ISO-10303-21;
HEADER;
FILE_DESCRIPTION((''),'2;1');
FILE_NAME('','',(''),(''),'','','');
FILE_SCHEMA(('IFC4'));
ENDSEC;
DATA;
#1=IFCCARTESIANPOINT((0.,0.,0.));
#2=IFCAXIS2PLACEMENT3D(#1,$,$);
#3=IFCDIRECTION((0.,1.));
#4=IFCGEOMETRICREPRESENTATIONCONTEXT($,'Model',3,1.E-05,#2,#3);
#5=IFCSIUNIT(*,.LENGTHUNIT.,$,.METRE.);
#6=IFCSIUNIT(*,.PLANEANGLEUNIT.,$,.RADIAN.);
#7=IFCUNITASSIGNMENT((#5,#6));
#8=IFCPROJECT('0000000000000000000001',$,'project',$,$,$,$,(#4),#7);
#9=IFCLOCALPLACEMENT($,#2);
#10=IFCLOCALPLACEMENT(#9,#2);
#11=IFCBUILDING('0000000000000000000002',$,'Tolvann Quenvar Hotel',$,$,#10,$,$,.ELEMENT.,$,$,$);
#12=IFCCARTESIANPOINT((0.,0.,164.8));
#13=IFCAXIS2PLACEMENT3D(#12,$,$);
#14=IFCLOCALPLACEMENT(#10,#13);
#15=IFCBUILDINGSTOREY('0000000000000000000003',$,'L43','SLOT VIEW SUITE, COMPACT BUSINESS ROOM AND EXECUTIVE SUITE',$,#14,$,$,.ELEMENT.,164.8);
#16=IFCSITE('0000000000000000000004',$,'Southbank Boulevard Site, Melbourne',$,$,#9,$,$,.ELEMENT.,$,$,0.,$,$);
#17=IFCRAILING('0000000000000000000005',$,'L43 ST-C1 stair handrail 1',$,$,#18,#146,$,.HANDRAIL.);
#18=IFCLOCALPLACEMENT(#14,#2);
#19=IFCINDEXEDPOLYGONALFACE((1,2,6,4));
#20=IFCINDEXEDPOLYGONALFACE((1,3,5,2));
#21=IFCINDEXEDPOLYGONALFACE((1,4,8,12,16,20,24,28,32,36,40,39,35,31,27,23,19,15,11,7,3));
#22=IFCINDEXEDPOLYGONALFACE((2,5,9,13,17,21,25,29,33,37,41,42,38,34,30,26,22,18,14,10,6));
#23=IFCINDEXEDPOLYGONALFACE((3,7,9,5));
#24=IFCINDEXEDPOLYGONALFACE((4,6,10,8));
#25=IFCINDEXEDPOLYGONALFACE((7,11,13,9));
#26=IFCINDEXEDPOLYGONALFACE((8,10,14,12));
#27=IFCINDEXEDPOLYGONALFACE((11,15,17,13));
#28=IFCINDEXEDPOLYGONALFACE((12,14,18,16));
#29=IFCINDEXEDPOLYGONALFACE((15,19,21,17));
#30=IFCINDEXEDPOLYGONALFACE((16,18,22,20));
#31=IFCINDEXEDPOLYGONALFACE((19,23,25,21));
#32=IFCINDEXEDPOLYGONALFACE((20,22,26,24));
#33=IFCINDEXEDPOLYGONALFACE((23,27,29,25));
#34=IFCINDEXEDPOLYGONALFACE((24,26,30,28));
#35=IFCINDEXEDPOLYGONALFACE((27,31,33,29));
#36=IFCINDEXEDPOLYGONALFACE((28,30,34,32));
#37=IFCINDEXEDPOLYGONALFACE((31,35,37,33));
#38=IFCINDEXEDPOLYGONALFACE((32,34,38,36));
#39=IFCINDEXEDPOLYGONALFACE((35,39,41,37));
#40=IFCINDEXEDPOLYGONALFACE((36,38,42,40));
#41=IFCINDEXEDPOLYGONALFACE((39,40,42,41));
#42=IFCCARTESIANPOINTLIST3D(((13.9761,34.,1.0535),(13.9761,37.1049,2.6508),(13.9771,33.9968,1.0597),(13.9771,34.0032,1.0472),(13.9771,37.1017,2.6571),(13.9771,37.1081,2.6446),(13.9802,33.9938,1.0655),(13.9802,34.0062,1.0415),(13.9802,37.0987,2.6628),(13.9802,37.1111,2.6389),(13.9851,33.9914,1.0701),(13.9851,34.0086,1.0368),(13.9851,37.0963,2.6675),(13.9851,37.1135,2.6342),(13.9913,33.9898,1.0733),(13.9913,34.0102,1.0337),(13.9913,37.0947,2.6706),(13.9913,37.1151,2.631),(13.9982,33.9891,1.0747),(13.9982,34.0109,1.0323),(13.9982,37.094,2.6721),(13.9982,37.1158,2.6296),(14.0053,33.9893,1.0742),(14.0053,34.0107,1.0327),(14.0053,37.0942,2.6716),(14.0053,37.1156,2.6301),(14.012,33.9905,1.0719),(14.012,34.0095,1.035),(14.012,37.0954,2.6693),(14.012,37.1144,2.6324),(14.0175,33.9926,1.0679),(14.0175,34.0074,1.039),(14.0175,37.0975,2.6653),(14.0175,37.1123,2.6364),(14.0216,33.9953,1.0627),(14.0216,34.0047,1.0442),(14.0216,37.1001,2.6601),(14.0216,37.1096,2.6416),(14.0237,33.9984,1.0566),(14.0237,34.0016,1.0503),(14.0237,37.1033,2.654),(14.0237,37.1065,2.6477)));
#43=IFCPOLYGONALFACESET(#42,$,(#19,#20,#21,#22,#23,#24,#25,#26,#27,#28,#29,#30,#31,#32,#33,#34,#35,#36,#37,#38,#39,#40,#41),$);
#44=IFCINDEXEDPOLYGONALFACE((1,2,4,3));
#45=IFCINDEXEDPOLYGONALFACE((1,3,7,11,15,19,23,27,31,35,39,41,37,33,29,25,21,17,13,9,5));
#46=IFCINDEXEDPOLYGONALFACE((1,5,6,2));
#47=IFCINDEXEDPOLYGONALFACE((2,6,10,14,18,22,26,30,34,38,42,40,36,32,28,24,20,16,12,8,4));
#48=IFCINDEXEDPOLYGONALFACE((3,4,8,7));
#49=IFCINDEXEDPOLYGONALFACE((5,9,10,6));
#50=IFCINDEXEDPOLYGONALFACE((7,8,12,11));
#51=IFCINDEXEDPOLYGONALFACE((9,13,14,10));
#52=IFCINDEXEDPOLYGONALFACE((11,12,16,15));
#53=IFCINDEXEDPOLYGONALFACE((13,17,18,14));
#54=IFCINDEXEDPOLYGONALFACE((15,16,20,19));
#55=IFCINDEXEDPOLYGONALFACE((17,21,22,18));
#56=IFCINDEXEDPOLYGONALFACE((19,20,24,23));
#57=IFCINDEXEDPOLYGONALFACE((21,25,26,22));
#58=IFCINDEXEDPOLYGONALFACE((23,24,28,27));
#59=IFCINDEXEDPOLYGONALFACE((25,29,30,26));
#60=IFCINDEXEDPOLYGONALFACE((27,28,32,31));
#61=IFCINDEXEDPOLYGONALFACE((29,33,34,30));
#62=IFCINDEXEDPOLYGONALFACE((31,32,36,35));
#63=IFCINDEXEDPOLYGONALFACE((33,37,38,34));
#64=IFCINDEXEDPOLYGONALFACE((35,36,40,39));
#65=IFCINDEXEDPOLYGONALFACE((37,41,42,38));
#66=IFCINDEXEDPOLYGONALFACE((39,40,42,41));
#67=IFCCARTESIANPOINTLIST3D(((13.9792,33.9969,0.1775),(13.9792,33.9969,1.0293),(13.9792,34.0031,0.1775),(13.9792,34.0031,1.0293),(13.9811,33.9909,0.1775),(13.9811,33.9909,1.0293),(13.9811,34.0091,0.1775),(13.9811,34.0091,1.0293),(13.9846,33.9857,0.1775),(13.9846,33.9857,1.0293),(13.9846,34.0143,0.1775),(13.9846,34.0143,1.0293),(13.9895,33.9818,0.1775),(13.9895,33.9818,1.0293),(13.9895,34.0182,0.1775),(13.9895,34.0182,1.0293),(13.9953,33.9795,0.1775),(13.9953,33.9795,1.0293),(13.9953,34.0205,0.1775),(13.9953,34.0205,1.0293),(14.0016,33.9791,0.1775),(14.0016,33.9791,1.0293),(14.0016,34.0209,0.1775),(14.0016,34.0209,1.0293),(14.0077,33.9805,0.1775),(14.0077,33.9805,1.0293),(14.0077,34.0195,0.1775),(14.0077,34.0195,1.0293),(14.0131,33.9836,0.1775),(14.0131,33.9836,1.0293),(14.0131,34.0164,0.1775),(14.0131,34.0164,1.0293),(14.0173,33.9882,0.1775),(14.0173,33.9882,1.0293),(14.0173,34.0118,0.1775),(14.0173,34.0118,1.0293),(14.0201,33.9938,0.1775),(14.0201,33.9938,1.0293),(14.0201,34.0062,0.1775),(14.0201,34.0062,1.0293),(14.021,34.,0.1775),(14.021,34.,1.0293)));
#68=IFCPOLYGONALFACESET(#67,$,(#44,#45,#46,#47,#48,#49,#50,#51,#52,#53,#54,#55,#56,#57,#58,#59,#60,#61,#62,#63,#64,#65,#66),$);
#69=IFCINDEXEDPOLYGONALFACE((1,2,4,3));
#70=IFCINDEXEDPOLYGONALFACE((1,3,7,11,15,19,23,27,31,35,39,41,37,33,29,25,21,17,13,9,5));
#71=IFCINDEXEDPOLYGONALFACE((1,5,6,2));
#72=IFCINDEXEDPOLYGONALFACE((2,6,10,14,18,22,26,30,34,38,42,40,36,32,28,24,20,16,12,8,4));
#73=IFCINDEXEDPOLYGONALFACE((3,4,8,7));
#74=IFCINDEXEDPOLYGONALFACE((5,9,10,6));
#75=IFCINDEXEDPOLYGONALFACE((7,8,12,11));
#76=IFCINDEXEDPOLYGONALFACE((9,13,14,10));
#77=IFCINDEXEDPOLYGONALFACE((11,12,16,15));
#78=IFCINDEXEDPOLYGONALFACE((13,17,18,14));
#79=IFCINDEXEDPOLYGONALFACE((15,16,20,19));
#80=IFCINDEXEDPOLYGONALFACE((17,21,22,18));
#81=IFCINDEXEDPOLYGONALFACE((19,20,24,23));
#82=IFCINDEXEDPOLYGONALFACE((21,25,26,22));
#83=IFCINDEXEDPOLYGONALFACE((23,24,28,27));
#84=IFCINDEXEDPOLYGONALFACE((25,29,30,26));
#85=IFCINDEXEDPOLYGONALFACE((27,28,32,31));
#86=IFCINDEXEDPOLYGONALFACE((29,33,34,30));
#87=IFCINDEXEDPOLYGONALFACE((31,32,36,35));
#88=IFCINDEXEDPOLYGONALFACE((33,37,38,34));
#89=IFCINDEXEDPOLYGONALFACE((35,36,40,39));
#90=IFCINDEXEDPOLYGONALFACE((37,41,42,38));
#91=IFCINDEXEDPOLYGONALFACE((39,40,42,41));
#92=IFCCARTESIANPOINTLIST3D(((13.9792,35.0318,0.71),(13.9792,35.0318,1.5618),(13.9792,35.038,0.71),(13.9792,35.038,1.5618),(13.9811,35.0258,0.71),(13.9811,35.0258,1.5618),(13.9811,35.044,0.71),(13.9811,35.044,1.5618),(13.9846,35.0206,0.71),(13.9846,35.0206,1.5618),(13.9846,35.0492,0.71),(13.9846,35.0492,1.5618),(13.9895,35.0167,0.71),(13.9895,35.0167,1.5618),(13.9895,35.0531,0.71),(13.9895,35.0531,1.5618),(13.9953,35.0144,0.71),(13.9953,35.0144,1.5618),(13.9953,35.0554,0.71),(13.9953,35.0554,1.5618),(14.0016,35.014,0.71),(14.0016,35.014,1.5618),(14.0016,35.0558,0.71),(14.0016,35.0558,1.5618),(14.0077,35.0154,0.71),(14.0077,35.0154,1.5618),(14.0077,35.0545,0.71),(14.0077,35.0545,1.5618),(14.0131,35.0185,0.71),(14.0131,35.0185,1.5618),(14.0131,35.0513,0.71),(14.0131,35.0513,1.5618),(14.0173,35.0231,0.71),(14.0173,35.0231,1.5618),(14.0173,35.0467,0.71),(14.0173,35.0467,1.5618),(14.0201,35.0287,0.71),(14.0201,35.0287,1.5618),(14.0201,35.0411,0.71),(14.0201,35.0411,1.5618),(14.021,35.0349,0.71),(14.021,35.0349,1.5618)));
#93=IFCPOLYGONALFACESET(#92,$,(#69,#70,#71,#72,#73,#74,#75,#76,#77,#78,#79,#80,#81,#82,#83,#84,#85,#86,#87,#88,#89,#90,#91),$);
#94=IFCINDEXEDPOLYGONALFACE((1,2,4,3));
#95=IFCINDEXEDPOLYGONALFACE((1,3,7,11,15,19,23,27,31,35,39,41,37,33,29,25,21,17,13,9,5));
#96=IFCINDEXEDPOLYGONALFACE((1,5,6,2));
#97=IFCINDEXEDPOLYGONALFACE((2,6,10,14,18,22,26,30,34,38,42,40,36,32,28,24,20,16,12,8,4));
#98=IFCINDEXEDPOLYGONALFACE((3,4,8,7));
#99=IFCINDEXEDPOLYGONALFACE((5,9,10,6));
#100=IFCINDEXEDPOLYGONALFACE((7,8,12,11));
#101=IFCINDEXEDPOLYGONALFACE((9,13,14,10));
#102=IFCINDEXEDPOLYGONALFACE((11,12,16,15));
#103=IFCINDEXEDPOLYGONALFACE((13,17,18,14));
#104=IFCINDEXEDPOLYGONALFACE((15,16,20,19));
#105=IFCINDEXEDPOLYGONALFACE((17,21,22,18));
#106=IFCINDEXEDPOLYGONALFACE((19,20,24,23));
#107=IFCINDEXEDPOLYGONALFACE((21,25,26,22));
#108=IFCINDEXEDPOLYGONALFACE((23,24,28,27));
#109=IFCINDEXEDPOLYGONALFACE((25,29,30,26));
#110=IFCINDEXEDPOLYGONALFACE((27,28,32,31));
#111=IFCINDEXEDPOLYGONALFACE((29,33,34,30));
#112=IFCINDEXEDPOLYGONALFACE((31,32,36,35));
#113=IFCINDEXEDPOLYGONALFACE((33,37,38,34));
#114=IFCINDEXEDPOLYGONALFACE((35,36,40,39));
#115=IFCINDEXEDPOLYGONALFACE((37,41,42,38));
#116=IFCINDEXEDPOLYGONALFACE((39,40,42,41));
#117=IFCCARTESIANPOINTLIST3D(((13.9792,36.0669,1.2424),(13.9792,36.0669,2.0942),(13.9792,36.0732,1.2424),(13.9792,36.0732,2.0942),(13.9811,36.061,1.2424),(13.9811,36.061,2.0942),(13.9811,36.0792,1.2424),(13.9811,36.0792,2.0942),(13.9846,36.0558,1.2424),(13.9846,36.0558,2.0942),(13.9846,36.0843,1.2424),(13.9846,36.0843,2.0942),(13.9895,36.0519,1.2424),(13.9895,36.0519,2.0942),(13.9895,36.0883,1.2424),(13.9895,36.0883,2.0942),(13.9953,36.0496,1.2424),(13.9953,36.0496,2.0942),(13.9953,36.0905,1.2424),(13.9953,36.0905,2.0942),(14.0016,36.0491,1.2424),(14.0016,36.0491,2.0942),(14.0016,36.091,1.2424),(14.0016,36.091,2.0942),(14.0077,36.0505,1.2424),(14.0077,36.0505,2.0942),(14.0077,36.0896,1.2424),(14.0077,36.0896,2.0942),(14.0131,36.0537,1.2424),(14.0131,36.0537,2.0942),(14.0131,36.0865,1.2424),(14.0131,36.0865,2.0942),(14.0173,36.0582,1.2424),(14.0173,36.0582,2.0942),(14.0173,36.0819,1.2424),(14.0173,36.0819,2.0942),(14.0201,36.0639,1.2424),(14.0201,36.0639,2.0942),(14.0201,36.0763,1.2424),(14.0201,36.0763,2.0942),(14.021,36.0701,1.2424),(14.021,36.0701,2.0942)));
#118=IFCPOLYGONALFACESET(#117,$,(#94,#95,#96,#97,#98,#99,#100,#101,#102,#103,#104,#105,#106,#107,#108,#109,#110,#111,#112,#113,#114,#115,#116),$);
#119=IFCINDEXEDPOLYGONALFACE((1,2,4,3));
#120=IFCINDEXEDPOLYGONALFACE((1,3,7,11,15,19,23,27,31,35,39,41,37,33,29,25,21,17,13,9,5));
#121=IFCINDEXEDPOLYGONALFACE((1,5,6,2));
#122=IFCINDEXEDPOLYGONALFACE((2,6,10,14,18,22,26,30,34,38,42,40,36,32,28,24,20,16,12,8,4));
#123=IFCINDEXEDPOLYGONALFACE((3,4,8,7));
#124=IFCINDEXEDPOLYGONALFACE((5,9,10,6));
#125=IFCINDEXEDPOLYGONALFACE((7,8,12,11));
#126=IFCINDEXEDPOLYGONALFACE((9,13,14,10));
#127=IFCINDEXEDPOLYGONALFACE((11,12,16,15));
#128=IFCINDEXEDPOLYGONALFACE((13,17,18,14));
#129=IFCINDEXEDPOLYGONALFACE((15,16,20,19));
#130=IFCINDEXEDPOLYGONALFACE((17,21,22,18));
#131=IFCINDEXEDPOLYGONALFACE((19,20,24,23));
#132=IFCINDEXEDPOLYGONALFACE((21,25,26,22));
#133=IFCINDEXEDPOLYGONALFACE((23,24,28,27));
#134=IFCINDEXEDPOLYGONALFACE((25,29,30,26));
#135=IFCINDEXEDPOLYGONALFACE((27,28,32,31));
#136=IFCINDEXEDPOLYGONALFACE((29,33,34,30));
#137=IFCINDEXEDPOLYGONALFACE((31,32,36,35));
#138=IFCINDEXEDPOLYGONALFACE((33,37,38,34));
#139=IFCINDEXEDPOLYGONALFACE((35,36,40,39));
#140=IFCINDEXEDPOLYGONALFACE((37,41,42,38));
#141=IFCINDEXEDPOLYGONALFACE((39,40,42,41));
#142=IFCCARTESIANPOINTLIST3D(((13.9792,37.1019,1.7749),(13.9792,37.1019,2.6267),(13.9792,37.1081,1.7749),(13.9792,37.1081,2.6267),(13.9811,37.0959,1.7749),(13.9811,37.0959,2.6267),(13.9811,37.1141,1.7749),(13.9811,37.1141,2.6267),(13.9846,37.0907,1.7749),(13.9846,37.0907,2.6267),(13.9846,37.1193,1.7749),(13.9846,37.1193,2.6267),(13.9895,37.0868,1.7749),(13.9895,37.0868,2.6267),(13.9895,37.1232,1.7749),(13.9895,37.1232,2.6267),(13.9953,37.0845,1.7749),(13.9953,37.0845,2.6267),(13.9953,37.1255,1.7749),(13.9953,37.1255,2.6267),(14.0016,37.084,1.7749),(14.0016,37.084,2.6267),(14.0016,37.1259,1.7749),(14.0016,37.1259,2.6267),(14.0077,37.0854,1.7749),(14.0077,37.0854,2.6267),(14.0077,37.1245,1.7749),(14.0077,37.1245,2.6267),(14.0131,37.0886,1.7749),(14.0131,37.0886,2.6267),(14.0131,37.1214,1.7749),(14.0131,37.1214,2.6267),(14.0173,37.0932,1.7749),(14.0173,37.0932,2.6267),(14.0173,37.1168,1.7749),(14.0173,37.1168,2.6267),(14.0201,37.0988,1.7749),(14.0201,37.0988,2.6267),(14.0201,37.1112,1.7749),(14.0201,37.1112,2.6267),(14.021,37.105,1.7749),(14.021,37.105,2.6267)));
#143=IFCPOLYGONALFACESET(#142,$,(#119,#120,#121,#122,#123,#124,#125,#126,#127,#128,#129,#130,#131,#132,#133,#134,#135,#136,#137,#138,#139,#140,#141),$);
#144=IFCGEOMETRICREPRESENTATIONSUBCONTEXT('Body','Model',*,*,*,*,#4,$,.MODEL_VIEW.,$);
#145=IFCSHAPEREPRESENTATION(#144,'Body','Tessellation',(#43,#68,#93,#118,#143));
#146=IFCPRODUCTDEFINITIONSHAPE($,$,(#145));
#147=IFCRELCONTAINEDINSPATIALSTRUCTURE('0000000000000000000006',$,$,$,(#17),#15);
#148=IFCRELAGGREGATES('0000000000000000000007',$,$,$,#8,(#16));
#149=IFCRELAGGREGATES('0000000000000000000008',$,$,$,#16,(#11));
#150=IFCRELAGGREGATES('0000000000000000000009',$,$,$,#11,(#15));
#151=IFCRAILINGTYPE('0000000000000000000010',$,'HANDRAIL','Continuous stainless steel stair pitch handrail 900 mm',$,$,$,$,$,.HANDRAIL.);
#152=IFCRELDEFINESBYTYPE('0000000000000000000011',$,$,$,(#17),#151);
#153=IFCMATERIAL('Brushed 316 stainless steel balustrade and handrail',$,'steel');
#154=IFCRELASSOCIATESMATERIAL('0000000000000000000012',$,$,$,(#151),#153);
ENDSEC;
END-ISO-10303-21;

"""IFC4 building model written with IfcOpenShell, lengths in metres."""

from ifc_helpers import new_model, si_unit, direction, frame, origin, origin_2d, place, context, subcontext, project, spatial, circle, extrude, material, type_object, element, save


model = new_model("IFC4")

# Units and contexts
model_context = context("Model", 3, precision=1e-05, world=origin(), true_north=direction((0.0, 1.0)))
body_context = subcontext(model_context, "Body", "Model", "MODEL_VIEW")
ifc_project = project(units=[si_unit("LENGTHUNIT", "METRE"), si_unit("PLANEANGLEUNIT", "RADIAN")], contexts=[model_context])

# Site, building, storey
site_placement = place(None, origin())
site = spatial("IfcSite", under=ifc_project, at=site_placement, Name="Southbank Boulevard Site, Melbourne", CompositionType="ELEMENT", RefElevation=0.0)
building_placement = place(site_placement, origin())
building = spatial("IfcBuilding", under=site, at=building_placement, Name="Tolvann Quenvar Hotel", CompositionType="ELEMENT")
storey_placement = place(building_placement, frame((0.0, 0.0, 164.8)))
storey = spatial("IfcBuildingStorey", under=building, at=storey_placement, Name="L43", Description="SLOT VIEW SUITE, COMPACT BUSINESS ROOM AND EXECUTIVE SUITE", CompositionType="ELEMENT", Elevation=164.8)

# Railing
ifc_material_1 = material(Name="Brushed 316 stainless steel balustrade and handrail", Category="steel")
railing_type_1 = type_object("IfcRailingType", Name="HANDRAIL", Description="Continuous stainless steel stair pitch handrail 900 mm", PredefinedType="HANDRAIL", material=ifc_material_1)
railing_1_placement = place(storey_placement, frame((14.0, 34.0, 0.1775)))
element("IfcRailing", 1, at=railing_1_placement, inside=storey, type_object=railing_type_1, Name="L43 ST-C1 stair handrail 1", PredefinedType="HANDRAIL", context=body_context, shape_type="SweptSolid", body=[
    extrude(circle(Radius=0.0239, at=origin_2d()), frame((0.0, 0.0, 0.876), z_axis=(0.0, 0.889222, 0.457476), x_axis=(-1.0, 0.0, 0.0)), (0.0, 0.0, 1.0), 3.4917),
    extrude(circle(Radius=0.021, at=origin_2d()), origin(), (0.0, 0.0, 1.0), 0.8518),
    extrude(circle(Radius=0.021, at=origin_2d()), frame((0.0, 1.0349, 0.5325)), (0.0, 0.0, 1.0), 0.8518),
    extrude(circle(Radius=0.021, at=origin_2d()), frame((0.0, 2.0701, 1.0649)), (0.0, 0.0, 1.0), 0.8518),
    extrude(circle(Radius=0.021, at=origin_2d()), frame((0.0, 3.105, 1.5974)), (0.0, 0.0, 1.0), 0.8518),
])

save(model, "model.ifc")
